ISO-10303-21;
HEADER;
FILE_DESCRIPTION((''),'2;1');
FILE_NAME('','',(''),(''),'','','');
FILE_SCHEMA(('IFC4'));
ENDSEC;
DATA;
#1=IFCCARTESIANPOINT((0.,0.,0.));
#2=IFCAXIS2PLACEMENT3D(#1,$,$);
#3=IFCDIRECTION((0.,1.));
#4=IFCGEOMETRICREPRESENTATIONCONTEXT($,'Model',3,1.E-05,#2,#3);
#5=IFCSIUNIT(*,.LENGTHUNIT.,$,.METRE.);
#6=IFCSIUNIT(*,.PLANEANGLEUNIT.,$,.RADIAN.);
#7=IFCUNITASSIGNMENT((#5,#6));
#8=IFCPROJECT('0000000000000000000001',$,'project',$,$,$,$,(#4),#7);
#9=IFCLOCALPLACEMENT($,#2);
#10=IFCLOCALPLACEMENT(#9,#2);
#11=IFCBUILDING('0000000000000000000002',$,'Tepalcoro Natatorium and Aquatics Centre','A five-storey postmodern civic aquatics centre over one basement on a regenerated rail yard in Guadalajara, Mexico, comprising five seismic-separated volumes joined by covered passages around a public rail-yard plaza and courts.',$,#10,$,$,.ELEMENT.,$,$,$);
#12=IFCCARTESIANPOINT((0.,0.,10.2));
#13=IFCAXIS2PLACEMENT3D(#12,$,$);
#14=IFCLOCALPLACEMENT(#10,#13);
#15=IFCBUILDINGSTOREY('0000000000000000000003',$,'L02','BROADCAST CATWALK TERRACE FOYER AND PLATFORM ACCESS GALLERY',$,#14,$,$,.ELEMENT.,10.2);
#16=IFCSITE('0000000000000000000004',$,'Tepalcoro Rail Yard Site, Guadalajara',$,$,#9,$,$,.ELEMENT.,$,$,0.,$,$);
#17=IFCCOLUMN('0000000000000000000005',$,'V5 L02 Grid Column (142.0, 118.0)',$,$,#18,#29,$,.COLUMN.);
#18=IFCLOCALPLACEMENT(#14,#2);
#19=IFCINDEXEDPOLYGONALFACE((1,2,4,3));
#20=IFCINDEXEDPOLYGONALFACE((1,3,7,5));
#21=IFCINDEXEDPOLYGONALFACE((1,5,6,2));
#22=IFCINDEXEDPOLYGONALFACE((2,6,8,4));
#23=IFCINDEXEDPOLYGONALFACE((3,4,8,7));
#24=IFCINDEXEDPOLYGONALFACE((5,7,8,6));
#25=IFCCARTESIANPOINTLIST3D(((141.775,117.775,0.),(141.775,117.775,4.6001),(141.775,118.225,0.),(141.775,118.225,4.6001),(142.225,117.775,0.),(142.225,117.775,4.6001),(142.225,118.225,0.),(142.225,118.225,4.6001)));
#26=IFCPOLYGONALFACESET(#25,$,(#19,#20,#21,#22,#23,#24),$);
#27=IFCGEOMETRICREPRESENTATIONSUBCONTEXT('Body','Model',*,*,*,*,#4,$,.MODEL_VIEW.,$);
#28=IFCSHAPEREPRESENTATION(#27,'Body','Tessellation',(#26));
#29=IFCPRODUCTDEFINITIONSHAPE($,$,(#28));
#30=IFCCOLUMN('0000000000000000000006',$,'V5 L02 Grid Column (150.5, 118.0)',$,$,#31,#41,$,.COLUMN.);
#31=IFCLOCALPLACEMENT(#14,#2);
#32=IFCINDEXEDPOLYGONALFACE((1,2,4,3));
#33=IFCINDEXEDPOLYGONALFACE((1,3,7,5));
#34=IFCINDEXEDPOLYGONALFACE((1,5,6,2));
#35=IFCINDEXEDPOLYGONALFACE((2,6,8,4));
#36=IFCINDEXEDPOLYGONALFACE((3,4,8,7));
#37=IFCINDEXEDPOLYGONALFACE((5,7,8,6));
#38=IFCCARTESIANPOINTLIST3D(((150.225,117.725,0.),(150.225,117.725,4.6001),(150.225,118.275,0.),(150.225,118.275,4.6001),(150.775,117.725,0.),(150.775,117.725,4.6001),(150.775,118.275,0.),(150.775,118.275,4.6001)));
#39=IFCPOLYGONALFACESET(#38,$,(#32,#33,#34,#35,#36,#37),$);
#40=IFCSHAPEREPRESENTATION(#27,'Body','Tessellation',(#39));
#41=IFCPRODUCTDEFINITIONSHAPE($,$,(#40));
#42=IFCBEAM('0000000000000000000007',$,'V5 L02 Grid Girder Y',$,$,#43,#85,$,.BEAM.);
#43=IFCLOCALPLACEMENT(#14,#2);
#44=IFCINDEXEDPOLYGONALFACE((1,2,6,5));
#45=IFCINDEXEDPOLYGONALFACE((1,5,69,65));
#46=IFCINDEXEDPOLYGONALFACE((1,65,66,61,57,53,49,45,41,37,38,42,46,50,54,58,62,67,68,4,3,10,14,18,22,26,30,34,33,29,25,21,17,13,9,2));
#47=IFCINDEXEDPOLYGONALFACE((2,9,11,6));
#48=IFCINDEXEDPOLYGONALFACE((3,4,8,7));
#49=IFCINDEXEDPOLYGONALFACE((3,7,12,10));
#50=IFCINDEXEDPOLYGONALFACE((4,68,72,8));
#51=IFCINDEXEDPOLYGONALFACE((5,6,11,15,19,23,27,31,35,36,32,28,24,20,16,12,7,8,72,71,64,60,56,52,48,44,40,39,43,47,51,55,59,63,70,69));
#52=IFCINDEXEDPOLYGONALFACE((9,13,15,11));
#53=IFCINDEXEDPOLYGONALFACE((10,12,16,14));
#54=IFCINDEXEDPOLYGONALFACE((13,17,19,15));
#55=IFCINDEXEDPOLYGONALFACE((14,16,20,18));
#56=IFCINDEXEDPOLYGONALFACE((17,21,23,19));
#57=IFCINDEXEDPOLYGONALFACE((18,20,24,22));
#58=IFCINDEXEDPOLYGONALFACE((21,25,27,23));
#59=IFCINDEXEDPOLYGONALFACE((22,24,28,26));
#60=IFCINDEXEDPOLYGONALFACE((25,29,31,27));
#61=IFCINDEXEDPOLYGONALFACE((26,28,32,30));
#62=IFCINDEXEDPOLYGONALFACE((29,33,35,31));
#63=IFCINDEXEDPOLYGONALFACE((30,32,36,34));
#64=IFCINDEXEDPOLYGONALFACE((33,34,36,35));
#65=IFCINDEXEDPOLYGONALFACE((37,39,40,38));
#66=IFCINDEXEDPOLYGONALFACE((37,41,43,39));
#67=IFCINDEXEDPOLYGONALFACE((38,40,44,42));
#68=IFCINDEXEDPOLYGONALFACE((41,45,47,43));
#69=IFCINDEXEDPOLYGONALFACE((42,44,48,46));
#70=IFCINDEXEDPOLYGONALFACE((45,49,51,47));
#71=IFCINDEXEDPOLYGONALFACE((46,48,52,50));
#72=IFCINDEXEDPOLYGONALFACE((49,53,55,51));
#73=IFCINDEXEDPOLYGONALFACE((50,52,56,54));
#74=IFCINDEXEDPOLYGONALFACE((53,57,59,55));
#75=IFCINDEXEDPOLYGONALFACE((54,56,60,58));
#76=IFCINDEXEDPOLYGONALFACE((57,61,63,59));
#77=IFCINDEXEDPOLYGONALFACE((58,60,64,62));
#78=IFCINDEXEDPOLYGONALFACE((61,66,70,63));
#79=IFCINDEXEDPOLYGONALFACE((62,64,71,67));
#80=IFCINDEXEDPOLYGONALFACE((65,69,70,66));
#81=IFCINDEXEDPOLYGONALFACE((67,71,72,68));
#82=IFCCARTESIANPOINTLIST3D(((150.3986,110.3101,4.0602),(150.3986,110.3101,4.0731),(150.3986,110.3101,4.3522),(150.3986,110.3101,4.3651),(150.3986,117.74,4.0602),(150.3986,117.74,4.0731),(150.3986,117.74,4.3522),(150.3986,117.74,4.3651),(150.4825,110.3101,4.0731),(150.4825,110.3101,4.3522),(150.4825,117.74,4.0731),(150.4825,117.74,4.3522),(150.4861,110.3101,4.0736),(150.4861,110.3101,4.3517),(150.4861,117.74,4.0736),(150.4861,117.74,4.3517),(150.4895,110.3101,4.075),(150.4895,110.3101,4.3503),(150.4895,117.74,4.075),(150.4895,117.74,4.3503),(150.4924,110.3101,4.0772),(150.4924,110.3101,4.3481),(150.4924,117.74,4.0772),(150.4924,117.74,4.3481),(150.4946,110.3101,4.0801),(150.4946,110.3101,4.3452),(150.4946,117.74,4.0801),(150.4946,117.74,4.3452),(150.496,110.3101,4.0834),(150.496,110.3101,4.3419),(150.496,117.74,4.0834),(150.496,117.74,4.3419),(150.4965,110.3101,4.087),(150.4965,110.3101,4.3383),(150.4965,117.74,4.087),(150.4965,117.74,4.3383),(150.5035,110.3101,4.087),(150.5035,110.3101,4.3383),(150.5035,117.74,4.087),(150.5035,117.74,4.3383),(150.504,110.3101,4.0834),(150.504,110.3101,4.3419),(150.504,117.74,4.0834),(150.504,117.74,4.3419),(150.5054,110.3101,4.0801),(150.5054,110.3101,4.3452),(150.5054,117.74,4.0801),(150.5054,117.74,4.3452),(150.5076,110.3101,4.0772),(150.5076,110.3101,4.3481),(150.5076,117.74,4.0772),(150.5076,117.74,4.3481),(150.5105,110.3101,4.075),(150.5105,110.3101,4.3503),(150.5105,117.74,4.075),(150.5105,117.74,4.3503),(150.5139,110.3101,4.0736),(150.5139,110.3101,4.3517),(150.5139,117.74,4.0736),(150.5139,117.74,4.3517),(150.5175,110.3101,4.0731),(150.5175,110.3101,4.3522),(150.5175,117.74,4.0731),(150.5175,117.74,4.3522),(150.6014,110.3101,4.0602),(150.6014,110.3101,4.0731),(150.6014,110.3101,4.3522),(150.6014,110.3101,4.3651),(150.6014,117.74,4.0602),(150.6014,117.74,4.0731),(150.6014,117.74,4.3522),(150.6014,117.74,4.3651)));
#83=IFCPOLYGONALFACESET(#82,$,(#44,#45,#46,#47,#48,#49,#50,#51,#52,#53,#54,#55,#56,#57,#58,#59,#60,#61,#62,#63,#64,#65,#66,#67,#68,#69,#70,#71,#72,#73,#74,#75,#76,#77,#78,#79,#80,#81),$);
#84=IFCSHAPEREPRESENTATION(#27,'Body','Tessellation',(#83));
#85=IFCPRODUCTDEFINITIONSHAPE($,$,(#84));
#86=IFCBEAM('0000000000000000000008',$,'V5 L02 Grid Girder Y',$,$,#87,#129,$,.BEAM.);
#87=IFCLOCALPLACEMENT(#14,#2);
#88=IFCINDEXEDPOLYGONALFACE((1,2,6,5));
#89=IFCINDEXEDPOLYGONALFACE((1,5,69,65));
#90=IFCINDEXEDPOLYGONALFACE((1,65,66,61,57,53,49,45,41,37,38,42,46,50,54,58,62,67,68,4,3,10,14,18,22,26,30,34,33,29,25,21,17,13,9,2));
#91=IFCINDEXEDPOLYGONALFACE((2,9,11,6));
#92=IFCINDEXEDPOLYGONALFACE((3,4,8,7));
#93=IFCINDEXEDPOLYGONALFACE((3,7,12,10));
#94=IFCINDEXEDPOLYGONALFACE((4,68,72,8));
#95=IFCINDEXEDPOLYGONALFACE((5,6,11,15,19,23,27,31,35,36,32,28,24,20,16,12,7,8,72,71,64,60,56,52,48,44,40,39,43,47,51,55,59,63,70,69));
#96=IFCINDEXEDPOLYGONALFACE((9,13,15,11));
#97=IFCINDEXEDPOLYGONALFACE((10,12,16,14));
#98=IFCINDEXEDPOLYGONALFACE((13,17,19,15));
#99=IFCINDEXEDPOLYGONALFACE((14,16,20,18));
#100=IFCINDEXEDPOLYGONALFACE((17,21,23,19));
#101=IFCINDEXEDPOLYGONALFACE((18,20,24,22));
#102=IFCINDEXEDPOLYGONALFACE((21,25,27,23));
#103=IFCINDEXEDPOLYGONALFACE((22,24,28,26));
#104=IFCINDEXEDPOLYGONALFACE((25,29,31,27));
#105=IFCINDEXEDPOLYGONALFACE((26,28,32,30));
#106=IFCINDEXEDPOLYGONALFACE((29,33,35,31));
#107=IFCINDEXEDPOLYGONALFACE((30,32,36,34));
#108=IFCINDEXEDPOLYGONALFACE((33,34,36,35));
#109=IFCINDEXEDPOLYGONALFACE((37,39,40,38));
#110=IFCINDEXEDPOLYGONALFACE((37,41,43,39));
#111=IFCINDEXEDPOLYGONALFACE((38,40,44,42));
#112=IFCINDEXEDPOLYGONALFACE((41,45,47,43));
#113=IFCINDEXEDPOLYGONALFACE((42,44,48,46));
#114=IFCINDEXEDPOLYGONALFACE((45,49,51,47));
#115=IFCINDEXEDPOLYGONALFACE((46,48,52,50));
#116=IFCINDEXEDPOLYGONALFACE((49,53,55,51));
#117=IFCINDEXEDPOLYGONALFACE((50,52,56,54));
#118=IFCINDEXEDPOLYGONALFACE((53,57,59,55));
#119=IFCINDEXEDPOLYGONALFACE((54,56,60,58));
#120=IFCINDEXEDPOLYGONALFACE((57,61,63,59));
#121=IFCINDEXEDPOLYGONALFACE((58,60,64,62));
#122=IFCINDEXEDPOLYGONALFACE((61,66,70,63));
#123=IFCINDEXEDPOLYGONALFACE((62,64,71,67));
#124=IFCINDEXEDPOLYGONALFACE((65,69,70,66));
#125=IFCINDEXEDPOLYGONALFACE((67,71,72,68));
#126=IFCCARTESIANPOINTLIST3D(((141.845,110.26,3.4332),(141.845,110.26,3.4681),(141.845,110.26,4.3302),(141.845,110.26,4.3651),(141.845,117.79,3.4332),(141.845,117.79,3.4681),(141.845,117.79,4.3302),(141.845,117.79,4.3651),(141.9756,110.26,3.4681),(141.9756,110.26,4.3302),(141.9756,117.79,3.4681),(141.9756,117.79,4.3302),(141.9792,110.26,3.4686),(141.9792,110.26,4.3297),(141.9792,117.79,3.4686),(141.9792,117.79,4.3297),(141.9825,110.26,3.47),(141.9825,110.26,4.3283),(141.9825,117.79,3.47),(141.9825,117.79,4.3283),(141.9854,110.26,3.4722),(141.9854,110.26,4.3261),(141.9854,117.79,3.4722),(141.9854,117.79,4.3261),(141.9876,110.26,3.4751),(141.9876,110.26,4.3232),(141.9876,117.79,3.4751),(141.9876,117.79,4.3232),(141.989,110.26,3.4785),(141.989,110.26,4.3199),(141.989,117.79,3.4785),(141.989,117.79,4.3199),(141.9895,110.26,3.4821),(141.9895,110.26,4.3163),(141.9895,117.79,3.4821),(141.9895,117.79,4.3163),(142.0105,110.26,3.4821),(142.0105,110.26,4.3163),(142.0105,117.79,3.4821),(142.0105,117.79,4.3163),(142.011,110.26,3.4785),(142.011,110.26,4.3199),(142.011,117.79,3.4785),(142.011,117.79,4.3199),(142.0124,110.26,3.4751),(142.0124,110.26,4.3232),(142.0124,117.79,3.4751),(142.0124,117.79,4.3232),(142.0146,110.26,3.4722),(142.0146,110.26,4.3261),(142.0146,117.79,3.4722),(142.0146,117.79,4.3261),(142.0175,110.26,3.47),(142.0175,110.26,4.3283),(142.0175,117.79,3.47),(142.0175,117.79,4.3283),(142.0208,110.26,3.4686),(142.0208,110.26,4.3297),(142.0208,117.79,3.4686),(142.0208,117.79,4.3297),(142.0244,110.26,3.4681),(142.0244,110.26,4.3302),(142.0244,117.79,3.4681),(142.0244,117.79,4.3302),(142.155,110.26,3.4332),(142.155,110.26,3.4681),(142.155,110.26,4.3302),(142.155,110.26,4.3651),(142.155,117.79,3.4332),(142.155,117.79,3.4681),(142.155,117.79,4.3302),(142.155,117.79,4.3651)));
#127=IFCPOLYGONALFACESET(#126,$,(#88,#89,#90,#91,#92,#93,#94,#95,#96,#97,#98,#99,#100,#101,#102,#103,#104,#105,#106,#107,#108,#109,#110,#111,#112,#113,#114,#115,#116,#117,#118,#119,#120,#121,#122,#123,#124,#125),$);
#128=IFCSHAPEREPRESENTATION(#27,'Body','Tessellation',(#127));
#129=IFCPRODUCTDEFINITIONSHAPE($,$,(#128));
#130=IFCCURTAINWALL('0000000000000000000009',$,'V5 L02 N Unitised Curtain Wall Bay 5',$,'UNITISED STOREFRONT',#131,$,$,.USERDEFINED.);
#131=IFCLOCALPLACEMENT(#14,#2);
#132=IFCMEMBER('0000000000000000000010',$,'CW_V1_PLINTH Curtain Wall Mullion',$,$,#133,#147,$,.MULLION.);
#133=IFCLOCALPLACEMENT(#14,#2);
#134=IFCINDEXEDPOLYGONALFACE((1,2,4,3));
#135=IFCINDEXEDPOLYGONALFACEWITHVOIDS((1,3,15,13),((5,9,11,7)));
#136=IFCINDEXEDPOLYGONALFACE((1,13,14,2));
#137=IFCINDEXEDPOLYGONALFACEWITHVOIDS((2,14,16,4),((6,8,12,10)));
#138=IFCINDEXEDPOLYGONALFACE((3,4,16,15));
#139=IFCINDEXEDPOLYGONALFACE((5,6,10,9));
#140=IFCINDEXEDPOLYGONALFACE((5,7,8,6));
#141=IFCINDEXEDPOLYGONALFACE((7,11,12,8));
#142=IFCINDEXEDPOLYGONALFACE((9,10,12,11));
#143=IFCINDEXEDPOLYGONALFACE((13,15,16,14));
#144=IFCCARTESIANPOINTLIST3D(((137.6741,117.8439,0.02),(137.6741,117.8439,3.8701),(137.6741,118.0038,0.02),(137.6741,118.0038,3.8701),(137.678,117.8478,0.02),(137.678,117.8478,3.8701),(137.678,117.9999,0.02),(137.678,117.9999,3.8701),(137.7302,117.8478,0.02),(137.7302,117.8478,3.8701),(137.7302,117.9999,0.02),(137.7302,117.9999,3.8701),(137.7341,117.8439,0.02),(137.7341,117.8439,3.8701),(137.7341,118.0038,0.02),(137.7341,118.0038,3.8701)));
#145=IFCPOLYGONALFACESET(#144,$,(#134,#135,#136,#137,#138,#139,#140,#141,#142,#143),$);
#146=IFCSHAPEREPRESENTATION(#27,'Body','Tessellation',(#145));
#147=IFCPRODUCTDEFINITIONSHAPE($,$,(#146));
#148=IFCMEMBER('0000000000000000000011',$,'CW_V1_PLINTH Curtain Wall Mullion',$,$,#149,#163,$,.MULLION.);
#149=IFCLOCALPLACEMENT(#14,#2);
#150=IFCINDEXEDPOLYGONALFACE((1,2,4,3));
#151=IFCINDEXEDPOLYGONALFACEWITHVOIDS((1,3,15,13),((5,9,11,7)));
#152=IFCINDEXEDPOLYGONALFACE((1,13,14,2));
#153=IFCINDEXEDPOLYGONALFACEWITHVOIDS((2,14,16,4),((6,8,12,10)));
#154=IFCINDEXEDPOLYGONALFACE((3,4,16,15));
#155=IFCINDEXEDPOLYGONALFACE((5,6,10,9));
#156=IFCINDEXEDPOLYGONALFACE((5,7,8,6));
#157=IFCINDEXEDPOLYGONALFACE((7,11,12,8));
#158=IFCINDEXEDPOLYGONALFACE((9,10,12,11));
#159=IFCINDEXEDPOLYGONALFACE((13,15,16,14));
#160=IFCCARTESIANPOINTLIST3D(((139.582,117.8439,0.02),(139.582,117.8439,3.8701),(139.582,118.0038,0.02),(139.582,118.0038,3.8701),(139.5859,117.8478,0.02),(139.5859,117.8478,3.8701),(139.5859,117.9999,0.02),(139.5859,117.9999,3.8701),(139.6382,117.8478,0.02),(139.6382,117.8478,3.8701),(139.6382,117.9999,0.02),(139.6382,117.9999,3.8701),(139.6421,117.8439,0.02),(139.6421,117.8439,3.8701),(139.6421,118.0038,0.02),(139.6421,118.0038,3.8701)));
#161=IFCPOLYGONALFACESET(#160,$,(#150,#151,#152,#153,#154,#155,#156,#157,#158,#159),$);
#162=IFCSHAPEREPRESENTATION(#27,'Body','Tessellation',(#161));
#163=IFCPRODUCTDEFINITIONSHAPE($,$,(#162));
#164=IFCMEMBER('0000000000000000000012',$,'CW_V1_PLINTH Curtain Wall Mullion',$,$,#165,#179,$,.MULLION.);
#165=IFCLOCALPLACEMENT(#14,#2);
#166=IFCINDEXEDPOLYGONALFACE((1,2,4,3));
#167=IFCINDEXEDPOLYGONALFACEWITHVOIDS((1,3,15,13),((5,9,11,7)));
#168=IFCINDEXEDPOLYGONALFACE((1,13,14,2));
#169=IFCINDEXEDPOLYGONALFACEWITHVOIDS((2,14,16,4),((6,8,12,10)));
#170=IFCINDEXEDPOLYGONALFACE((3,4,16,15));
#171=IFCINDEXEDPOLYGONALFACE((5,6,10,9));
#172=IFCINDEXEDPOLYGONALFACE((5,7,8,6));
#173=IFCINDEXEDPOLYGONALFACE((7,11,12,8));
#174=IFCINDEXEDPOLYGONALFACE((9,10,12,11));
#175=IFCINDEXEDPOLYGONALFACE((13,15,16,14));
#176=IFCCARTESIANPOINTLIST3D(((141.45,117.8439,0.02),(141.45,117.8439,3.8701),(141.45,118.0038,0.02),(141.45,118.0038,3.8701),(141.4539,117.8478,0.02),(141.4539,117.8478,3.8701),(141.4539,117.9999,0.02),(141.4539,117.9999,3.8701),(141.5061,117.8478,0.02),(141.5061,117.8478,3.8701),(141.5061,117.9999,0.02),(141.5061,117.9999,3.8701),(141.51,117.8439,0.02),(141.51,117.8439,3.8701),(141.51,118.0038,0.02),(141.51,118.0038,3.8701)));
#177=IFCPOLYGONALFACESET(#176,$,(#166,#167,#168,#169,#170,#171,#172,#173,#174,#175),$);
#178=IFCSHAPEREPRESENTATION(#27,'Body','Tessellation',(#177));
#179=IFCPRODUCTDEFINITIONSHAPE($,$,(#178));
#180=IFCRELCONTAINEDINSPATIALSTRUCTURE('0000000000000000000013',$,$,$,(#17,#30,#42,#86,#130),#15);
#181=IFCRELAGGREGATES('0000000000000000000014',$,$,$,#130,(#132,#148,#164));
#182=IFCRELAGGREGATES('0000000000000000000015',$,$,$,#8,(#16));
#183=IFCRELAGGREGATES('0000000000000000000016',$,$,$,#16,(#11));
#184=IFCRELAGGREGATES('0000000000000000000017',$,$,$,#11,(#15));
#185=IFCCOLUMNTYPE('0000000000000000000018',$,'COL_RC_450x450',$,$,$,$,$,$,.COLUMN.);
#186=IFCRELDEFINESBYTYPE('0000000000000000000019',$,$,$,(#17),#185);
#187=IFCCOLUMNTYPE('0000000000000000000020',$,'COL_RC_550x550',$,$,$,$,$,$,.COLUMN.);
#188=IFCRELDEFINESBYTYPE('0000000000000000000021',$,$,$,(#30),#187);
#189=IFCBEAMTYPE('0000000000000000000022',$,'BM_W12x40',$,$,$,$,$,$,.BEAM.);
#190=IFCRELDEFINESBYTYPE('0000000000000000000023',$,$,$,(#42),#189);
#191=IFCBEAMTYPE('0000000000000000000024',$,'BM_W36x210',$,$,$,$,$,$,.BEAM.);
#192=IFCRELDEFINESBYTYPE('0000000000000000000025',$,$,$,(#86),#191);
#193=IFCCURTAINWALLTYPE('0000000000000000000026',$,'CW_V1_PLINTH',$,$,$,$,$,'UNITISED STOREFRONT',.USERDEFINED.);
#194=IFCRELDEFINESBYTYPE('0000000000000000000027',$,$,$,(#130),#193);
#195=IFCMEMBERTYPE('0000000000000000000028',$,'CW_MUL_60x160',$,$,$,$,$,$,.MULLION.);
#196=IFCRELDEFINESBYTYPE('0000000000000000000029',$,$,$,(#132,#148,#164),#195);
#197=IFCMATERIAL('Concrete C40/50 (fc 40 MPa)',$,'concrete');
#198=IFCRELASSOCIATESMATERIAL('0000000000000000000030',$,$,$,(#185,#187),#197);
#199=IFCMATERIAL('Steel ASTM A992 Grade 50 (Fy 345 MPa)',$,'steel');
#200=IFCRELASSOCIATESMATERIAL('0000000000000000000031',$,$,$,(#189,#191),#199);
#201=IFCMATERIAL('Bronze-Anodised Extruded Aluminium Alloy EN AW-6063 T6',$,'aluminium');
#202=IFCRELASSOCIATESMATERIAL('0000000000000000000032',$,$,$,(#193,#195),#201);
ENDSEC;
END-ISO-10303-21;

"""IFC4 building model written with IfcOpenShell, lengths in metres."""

from ifc_helpers import new_model, si_unit, direction, frame, origin, origin_2d, place, context, subcontext, project, spatial, rectangle, hollow_rectangle, i_section, extrude, material, material_profile, profile_set, type_object, element, aggregate, save


model = new_model("IFC4")

# Units and contexts
model_context = context("Model", 3, precision=1e-05, world=origin(), true_north=direction((0.0, 1.0)))
body_context = subcontext(model_context, "Body", "Model", "MODEL_VIEW")
ifc_project = project(units=[si_unit("LENGTHUNIT", "METRE"), si_unit("PLANEANGLEUNIT", "RADIAN")], contexts=[model_context])

# Site, building, storey
site_placement = place(None, origin())
site = spatial("IfcSite", under=ifc_project, at=site_placement, Name="Tepalcoro Rail Yard Site, Guadalajara", CompositionType="ELEMENT", RefElevation=0.0)
building_placement = place(site_placement, origin())
building = spatial("IfcBuilding", under=site, at=building_placement, Name="Tepalcoro Natatorium and Aquatics Centre", Description="A five-storey postmodern civic aquatics centre over one basement on a regenerated rail yard in Guadalajara, Mexico, comprising five seismic-separated volumes joined by covered passages around a public rail-yard plaza and courts.", CompositionType="ELEMENT")
storey_placement = place(building_placement, frame((0.0, 0.0, 10.2)))
storey = spatial("IfcBuildingStorey", under=building, at=storey_placement, Name="L02", Description="BROADCAST CATWALK TERRACE FOYER AND PLATFORM ACCESS GALLERY", CompositionType="ELEMENT", Elevation=10.2)

# Columns
ifc_material_1 = material(Name="Concrete C40/50 (fc 40 MPa)", Category="concrete")
ifc_material_profile_1 = material_profile(ifc_material_1, rectangle(XDim=0.45, YDim=0.45, at=origin_2d()), Name="RC450x450")
ifc_profile_set_1 = profile_set([ifc_material_profile_1], Name="Concrete C40/50 (fc 40 MPa)")
column_type_1 = type_object("IfcColumnType", Name="COL_RC_450x450", PredefinedType="COLUMN", material=ifc_profile_set_1)
column_1_placement = place(storey_placement, frame((142.0, 118.0, 0.0), z_axis=(0.0, 0.0, 1.0), x_axis=(1.0, 0.0, 0.0)))
element("IfcColumn", 1, at=column_1_placement, inside=storey, type_object=column_type_1, Name="V5 L02 Grid Column (142.0, 118.0)", PredefinedType="COLUMN", context=body_context, shape_type="SweptSolid", body=[
    extrude(rectangle(XDim=0.45, YDim=0.45, at=origin_2d()), origin(), (0.0, 0.0, 1.0), 4.6001),
])
ifc_material_profile_2 = material_profile(ifc_material_1, rectangle(XDim=0.55, YDim=0.55, at=origin_2d()), Name="RC550x550")
ifc_profile_set_2 = profile_set([ifc_material_profile_2], Name="Concrete C40/50 (fc 40 MPa)")
column_type_2 = type_object("IfcColumnType", Name="COL_RC_550x550", PredefinedType="COLUMN", material=ifc_profile_set_2)
column_2_placement = place(storey_placement, frame((150.5, 118.0, 0.0), z_axis=(0.0, 0.0, 1.0), x_axis=(1.0, 0.0, 0.0)))
element("IfcColumn", 2, at=column_2_placement, inside=storey, type_object=column_type_2, Name="V5 L02 Grid Column (150.5, 118.0)", PredefinedType="COLUMN", context=body_context, shape_type="SweptSolid", body=[
    extrude(rectangle(XDim=0.55, YDim=0.55, at=origin_2d()), origin(), (0.0, 0.0, 1.0), 4.6001),
])

# Beams
ifc_material_2 = material(Name="Steel ASTM A992 Grade 50 (Fy 345 MPa)", Category="steel")
ifc_material_profile_3 = material_profile(ifc_material_2, i_section(OverallWidth=0.2029, OverallDepth=0.3049, WebThickness=0.0071, FlangeThickness=0.0129, FilletRadius=0.0139, at=origin_2d()), Name="W12X40")
ifc_profile_set_3 = profile_set([ifc_material_profile_3], Name="Steel ASTM A992 Grade 50 (Fy 345 MPa)")
beam_type_1 = type_object("IfcBeamType", Name="BM_W12x40", PredefinedType="BEAM", material=ifc_profile_set_3)
beam_1_placement = place(storey_placement, frame((150.5, 110.3101, 4.2126), z_axis=(0.0, 1.0, 0.0), x_axis=(-1.0, 0.0, 0.0)))
element("IfcBeam", 3, at=beam_1_placement, inside=storey, type_object=beam_type_1, Name="V5 L02 Grid Girder Y", PredefinedType="BEAM", context=body_context, shape_type="SweptSolid", body=[
    extrude(i_section(OverallWidth=0.2029, OverallDepth=0.3049, WebThickness=0.0071, FlangeThickness=0.0129, FilletRadius=0.0139, at=origin_2d()), origin(), (0.0, 0.0, 1.0), 7.4299),
])
ifc_material_profile_4 = material_profile(ifc_material_2, i_section(OverallWidth=0.3101, OverallDepth=0.9319, WebThickness=0.021, FlangeThickness=0.0349, FilletRadius=0.0139, at=origin_2d()), Name="W36X210")
ifc_profile_set_4 = profile_set([ifc_material_profile_4], Name="Steel ASTM A992 Grade 50 (Fy 345 MPa)")
beam_type_2 = type_object("IfcBeamType", Name="BM_W36x210", PredefinedType="BEAM", material=ifc_profile_set_4)
beam_2_placement = place(storey_placement, frame((142.0, 110.26, 3.8992), z_axis=(0.0, 1.0, 0.0), x_axis=(-1.0, 0.0, 0.0)))
element("IfcBeam", 4, at=beam_2_placement, inside=storey, type_object=beam_type_2, Name="V5 L02 Grid Girder Y", PredefinedType="BEAM", context=body_context, shape_type="SweptSolid", body=[
    extrude(i_section(OverallWidth=0.3101, OverallDepth=0.9319, WebThickness=0.021, FlangeThickness=0.0349, FilletRadius=0.0139, at=origin_2d()), origin(), (0.0, 0.0, 1.0), 7.53),
])

# Curtain wall, members
ifc_material_3 = material(Name="Bronze-Anodised Extruded Aluminium Alloy EN AW-6063 T6", Category="aluminium")
curtain_wall_type = type_object("IfcCurtainWallType", Name="CW_V1_PLINTH", ElementType="UNITISED STOREFRONT", PredefinedType="USERDEFINED", material=ifc_material_3)
curtain_wall_placement = place(storey_placement, origin())
curtain_wall = element("IfcCurtainWall", 5, at=curtain_wall_placement, inside=storey, type_object=curtain_wall_type, Name="V5 L02 N Unitised Curtain Wall Bay 5", ObjectType="UNITISED STOREFRONT", PredefinedType="USERDEFINED")
ifc_material_profile_5 = material_profile(ifc_material_3, hollow_rectangle(XDim=0.0601, YDim=0.1599, WallThickness=0.0039, at=origin_2d()), Name="AL60X160X4")
ifc_profile_set_5 = profile_set([ifc_material_profile_5], Name="Bronze-Anodised Extruded Aluminium Alloy EN AW-6063 T6")
member_type = type_object("IfcMemberType", Name="CW_MUL_60x160", PredefinedType="MULLION", material=ifc_profile_set_5)
member_1_placement = place(storey_placement, frame((137.7041, 117.9238, 0.02), z_axis=(0.0, 0.0, 1.0), x_axis=(1.0, 0.0, 0.0)))
member_1 = element("IfcMember", 6, at=member_1_placement, type_object=member_type, Name="CW_V1_PLINTH Curtain Wall Mullion", PredefinedType="MULLION", context=body_context, shape_type="SweptSolid", body=[
    extrude(hollow_rectangle(XDim=0.0601, YDim=0.1599, WallThickness=0.0039, at=origin_2d()), origin(), (0.0, 0.0, 1.0), 3.8501),
])
member_2_placement = place(storey_placement, frame((139.6121, 117.9238, 0.02), z_axis=(0.0, 0.0, 1.0), x_axis=(1.0, 0.0, 0.0)))
member_2 = element("IfcMember", 7, at=member_2_placement, type_object=member_type, Name="CW_V1_PLINTH Curtain Wall Mullion", PredefinedType="MULLION", context=body_context, shape_type="SweptSolid", body=[
    extrude(hollow_rectangle(XDim=0.0601, YDim=0.1599, WallThickness=0.0039, at=origin_2d()), origin(), (0.0, 0.0, 1.0), 3.8501),
])
member_3_placement = place(storey_placement, frame((141.48, 117.9238, 0.02), z_axis=(0.0, 0.0, 1.0), x_axis=(1.0, 0.0, 0.0)))
member_3 = element("IfcMember", 8, at=member_3_placement, type_object=member_type, Name="CW_V1_PLINTH Curtain Wall Mullion", PredefinedType="MULLION", context=body_context, shape_type="SweptSolid", body=[
    extrude(hollow_rectangle(XDim=0.0601, YDim=0.1599, WallThickness=0.0039, at=origin_2d()), origin(), (0.0, 0.0, 1.0), 3.8501),
])

aggregate(curtain_wall, [member_1, member_2, member_3])

save(model, "model.ifc")
